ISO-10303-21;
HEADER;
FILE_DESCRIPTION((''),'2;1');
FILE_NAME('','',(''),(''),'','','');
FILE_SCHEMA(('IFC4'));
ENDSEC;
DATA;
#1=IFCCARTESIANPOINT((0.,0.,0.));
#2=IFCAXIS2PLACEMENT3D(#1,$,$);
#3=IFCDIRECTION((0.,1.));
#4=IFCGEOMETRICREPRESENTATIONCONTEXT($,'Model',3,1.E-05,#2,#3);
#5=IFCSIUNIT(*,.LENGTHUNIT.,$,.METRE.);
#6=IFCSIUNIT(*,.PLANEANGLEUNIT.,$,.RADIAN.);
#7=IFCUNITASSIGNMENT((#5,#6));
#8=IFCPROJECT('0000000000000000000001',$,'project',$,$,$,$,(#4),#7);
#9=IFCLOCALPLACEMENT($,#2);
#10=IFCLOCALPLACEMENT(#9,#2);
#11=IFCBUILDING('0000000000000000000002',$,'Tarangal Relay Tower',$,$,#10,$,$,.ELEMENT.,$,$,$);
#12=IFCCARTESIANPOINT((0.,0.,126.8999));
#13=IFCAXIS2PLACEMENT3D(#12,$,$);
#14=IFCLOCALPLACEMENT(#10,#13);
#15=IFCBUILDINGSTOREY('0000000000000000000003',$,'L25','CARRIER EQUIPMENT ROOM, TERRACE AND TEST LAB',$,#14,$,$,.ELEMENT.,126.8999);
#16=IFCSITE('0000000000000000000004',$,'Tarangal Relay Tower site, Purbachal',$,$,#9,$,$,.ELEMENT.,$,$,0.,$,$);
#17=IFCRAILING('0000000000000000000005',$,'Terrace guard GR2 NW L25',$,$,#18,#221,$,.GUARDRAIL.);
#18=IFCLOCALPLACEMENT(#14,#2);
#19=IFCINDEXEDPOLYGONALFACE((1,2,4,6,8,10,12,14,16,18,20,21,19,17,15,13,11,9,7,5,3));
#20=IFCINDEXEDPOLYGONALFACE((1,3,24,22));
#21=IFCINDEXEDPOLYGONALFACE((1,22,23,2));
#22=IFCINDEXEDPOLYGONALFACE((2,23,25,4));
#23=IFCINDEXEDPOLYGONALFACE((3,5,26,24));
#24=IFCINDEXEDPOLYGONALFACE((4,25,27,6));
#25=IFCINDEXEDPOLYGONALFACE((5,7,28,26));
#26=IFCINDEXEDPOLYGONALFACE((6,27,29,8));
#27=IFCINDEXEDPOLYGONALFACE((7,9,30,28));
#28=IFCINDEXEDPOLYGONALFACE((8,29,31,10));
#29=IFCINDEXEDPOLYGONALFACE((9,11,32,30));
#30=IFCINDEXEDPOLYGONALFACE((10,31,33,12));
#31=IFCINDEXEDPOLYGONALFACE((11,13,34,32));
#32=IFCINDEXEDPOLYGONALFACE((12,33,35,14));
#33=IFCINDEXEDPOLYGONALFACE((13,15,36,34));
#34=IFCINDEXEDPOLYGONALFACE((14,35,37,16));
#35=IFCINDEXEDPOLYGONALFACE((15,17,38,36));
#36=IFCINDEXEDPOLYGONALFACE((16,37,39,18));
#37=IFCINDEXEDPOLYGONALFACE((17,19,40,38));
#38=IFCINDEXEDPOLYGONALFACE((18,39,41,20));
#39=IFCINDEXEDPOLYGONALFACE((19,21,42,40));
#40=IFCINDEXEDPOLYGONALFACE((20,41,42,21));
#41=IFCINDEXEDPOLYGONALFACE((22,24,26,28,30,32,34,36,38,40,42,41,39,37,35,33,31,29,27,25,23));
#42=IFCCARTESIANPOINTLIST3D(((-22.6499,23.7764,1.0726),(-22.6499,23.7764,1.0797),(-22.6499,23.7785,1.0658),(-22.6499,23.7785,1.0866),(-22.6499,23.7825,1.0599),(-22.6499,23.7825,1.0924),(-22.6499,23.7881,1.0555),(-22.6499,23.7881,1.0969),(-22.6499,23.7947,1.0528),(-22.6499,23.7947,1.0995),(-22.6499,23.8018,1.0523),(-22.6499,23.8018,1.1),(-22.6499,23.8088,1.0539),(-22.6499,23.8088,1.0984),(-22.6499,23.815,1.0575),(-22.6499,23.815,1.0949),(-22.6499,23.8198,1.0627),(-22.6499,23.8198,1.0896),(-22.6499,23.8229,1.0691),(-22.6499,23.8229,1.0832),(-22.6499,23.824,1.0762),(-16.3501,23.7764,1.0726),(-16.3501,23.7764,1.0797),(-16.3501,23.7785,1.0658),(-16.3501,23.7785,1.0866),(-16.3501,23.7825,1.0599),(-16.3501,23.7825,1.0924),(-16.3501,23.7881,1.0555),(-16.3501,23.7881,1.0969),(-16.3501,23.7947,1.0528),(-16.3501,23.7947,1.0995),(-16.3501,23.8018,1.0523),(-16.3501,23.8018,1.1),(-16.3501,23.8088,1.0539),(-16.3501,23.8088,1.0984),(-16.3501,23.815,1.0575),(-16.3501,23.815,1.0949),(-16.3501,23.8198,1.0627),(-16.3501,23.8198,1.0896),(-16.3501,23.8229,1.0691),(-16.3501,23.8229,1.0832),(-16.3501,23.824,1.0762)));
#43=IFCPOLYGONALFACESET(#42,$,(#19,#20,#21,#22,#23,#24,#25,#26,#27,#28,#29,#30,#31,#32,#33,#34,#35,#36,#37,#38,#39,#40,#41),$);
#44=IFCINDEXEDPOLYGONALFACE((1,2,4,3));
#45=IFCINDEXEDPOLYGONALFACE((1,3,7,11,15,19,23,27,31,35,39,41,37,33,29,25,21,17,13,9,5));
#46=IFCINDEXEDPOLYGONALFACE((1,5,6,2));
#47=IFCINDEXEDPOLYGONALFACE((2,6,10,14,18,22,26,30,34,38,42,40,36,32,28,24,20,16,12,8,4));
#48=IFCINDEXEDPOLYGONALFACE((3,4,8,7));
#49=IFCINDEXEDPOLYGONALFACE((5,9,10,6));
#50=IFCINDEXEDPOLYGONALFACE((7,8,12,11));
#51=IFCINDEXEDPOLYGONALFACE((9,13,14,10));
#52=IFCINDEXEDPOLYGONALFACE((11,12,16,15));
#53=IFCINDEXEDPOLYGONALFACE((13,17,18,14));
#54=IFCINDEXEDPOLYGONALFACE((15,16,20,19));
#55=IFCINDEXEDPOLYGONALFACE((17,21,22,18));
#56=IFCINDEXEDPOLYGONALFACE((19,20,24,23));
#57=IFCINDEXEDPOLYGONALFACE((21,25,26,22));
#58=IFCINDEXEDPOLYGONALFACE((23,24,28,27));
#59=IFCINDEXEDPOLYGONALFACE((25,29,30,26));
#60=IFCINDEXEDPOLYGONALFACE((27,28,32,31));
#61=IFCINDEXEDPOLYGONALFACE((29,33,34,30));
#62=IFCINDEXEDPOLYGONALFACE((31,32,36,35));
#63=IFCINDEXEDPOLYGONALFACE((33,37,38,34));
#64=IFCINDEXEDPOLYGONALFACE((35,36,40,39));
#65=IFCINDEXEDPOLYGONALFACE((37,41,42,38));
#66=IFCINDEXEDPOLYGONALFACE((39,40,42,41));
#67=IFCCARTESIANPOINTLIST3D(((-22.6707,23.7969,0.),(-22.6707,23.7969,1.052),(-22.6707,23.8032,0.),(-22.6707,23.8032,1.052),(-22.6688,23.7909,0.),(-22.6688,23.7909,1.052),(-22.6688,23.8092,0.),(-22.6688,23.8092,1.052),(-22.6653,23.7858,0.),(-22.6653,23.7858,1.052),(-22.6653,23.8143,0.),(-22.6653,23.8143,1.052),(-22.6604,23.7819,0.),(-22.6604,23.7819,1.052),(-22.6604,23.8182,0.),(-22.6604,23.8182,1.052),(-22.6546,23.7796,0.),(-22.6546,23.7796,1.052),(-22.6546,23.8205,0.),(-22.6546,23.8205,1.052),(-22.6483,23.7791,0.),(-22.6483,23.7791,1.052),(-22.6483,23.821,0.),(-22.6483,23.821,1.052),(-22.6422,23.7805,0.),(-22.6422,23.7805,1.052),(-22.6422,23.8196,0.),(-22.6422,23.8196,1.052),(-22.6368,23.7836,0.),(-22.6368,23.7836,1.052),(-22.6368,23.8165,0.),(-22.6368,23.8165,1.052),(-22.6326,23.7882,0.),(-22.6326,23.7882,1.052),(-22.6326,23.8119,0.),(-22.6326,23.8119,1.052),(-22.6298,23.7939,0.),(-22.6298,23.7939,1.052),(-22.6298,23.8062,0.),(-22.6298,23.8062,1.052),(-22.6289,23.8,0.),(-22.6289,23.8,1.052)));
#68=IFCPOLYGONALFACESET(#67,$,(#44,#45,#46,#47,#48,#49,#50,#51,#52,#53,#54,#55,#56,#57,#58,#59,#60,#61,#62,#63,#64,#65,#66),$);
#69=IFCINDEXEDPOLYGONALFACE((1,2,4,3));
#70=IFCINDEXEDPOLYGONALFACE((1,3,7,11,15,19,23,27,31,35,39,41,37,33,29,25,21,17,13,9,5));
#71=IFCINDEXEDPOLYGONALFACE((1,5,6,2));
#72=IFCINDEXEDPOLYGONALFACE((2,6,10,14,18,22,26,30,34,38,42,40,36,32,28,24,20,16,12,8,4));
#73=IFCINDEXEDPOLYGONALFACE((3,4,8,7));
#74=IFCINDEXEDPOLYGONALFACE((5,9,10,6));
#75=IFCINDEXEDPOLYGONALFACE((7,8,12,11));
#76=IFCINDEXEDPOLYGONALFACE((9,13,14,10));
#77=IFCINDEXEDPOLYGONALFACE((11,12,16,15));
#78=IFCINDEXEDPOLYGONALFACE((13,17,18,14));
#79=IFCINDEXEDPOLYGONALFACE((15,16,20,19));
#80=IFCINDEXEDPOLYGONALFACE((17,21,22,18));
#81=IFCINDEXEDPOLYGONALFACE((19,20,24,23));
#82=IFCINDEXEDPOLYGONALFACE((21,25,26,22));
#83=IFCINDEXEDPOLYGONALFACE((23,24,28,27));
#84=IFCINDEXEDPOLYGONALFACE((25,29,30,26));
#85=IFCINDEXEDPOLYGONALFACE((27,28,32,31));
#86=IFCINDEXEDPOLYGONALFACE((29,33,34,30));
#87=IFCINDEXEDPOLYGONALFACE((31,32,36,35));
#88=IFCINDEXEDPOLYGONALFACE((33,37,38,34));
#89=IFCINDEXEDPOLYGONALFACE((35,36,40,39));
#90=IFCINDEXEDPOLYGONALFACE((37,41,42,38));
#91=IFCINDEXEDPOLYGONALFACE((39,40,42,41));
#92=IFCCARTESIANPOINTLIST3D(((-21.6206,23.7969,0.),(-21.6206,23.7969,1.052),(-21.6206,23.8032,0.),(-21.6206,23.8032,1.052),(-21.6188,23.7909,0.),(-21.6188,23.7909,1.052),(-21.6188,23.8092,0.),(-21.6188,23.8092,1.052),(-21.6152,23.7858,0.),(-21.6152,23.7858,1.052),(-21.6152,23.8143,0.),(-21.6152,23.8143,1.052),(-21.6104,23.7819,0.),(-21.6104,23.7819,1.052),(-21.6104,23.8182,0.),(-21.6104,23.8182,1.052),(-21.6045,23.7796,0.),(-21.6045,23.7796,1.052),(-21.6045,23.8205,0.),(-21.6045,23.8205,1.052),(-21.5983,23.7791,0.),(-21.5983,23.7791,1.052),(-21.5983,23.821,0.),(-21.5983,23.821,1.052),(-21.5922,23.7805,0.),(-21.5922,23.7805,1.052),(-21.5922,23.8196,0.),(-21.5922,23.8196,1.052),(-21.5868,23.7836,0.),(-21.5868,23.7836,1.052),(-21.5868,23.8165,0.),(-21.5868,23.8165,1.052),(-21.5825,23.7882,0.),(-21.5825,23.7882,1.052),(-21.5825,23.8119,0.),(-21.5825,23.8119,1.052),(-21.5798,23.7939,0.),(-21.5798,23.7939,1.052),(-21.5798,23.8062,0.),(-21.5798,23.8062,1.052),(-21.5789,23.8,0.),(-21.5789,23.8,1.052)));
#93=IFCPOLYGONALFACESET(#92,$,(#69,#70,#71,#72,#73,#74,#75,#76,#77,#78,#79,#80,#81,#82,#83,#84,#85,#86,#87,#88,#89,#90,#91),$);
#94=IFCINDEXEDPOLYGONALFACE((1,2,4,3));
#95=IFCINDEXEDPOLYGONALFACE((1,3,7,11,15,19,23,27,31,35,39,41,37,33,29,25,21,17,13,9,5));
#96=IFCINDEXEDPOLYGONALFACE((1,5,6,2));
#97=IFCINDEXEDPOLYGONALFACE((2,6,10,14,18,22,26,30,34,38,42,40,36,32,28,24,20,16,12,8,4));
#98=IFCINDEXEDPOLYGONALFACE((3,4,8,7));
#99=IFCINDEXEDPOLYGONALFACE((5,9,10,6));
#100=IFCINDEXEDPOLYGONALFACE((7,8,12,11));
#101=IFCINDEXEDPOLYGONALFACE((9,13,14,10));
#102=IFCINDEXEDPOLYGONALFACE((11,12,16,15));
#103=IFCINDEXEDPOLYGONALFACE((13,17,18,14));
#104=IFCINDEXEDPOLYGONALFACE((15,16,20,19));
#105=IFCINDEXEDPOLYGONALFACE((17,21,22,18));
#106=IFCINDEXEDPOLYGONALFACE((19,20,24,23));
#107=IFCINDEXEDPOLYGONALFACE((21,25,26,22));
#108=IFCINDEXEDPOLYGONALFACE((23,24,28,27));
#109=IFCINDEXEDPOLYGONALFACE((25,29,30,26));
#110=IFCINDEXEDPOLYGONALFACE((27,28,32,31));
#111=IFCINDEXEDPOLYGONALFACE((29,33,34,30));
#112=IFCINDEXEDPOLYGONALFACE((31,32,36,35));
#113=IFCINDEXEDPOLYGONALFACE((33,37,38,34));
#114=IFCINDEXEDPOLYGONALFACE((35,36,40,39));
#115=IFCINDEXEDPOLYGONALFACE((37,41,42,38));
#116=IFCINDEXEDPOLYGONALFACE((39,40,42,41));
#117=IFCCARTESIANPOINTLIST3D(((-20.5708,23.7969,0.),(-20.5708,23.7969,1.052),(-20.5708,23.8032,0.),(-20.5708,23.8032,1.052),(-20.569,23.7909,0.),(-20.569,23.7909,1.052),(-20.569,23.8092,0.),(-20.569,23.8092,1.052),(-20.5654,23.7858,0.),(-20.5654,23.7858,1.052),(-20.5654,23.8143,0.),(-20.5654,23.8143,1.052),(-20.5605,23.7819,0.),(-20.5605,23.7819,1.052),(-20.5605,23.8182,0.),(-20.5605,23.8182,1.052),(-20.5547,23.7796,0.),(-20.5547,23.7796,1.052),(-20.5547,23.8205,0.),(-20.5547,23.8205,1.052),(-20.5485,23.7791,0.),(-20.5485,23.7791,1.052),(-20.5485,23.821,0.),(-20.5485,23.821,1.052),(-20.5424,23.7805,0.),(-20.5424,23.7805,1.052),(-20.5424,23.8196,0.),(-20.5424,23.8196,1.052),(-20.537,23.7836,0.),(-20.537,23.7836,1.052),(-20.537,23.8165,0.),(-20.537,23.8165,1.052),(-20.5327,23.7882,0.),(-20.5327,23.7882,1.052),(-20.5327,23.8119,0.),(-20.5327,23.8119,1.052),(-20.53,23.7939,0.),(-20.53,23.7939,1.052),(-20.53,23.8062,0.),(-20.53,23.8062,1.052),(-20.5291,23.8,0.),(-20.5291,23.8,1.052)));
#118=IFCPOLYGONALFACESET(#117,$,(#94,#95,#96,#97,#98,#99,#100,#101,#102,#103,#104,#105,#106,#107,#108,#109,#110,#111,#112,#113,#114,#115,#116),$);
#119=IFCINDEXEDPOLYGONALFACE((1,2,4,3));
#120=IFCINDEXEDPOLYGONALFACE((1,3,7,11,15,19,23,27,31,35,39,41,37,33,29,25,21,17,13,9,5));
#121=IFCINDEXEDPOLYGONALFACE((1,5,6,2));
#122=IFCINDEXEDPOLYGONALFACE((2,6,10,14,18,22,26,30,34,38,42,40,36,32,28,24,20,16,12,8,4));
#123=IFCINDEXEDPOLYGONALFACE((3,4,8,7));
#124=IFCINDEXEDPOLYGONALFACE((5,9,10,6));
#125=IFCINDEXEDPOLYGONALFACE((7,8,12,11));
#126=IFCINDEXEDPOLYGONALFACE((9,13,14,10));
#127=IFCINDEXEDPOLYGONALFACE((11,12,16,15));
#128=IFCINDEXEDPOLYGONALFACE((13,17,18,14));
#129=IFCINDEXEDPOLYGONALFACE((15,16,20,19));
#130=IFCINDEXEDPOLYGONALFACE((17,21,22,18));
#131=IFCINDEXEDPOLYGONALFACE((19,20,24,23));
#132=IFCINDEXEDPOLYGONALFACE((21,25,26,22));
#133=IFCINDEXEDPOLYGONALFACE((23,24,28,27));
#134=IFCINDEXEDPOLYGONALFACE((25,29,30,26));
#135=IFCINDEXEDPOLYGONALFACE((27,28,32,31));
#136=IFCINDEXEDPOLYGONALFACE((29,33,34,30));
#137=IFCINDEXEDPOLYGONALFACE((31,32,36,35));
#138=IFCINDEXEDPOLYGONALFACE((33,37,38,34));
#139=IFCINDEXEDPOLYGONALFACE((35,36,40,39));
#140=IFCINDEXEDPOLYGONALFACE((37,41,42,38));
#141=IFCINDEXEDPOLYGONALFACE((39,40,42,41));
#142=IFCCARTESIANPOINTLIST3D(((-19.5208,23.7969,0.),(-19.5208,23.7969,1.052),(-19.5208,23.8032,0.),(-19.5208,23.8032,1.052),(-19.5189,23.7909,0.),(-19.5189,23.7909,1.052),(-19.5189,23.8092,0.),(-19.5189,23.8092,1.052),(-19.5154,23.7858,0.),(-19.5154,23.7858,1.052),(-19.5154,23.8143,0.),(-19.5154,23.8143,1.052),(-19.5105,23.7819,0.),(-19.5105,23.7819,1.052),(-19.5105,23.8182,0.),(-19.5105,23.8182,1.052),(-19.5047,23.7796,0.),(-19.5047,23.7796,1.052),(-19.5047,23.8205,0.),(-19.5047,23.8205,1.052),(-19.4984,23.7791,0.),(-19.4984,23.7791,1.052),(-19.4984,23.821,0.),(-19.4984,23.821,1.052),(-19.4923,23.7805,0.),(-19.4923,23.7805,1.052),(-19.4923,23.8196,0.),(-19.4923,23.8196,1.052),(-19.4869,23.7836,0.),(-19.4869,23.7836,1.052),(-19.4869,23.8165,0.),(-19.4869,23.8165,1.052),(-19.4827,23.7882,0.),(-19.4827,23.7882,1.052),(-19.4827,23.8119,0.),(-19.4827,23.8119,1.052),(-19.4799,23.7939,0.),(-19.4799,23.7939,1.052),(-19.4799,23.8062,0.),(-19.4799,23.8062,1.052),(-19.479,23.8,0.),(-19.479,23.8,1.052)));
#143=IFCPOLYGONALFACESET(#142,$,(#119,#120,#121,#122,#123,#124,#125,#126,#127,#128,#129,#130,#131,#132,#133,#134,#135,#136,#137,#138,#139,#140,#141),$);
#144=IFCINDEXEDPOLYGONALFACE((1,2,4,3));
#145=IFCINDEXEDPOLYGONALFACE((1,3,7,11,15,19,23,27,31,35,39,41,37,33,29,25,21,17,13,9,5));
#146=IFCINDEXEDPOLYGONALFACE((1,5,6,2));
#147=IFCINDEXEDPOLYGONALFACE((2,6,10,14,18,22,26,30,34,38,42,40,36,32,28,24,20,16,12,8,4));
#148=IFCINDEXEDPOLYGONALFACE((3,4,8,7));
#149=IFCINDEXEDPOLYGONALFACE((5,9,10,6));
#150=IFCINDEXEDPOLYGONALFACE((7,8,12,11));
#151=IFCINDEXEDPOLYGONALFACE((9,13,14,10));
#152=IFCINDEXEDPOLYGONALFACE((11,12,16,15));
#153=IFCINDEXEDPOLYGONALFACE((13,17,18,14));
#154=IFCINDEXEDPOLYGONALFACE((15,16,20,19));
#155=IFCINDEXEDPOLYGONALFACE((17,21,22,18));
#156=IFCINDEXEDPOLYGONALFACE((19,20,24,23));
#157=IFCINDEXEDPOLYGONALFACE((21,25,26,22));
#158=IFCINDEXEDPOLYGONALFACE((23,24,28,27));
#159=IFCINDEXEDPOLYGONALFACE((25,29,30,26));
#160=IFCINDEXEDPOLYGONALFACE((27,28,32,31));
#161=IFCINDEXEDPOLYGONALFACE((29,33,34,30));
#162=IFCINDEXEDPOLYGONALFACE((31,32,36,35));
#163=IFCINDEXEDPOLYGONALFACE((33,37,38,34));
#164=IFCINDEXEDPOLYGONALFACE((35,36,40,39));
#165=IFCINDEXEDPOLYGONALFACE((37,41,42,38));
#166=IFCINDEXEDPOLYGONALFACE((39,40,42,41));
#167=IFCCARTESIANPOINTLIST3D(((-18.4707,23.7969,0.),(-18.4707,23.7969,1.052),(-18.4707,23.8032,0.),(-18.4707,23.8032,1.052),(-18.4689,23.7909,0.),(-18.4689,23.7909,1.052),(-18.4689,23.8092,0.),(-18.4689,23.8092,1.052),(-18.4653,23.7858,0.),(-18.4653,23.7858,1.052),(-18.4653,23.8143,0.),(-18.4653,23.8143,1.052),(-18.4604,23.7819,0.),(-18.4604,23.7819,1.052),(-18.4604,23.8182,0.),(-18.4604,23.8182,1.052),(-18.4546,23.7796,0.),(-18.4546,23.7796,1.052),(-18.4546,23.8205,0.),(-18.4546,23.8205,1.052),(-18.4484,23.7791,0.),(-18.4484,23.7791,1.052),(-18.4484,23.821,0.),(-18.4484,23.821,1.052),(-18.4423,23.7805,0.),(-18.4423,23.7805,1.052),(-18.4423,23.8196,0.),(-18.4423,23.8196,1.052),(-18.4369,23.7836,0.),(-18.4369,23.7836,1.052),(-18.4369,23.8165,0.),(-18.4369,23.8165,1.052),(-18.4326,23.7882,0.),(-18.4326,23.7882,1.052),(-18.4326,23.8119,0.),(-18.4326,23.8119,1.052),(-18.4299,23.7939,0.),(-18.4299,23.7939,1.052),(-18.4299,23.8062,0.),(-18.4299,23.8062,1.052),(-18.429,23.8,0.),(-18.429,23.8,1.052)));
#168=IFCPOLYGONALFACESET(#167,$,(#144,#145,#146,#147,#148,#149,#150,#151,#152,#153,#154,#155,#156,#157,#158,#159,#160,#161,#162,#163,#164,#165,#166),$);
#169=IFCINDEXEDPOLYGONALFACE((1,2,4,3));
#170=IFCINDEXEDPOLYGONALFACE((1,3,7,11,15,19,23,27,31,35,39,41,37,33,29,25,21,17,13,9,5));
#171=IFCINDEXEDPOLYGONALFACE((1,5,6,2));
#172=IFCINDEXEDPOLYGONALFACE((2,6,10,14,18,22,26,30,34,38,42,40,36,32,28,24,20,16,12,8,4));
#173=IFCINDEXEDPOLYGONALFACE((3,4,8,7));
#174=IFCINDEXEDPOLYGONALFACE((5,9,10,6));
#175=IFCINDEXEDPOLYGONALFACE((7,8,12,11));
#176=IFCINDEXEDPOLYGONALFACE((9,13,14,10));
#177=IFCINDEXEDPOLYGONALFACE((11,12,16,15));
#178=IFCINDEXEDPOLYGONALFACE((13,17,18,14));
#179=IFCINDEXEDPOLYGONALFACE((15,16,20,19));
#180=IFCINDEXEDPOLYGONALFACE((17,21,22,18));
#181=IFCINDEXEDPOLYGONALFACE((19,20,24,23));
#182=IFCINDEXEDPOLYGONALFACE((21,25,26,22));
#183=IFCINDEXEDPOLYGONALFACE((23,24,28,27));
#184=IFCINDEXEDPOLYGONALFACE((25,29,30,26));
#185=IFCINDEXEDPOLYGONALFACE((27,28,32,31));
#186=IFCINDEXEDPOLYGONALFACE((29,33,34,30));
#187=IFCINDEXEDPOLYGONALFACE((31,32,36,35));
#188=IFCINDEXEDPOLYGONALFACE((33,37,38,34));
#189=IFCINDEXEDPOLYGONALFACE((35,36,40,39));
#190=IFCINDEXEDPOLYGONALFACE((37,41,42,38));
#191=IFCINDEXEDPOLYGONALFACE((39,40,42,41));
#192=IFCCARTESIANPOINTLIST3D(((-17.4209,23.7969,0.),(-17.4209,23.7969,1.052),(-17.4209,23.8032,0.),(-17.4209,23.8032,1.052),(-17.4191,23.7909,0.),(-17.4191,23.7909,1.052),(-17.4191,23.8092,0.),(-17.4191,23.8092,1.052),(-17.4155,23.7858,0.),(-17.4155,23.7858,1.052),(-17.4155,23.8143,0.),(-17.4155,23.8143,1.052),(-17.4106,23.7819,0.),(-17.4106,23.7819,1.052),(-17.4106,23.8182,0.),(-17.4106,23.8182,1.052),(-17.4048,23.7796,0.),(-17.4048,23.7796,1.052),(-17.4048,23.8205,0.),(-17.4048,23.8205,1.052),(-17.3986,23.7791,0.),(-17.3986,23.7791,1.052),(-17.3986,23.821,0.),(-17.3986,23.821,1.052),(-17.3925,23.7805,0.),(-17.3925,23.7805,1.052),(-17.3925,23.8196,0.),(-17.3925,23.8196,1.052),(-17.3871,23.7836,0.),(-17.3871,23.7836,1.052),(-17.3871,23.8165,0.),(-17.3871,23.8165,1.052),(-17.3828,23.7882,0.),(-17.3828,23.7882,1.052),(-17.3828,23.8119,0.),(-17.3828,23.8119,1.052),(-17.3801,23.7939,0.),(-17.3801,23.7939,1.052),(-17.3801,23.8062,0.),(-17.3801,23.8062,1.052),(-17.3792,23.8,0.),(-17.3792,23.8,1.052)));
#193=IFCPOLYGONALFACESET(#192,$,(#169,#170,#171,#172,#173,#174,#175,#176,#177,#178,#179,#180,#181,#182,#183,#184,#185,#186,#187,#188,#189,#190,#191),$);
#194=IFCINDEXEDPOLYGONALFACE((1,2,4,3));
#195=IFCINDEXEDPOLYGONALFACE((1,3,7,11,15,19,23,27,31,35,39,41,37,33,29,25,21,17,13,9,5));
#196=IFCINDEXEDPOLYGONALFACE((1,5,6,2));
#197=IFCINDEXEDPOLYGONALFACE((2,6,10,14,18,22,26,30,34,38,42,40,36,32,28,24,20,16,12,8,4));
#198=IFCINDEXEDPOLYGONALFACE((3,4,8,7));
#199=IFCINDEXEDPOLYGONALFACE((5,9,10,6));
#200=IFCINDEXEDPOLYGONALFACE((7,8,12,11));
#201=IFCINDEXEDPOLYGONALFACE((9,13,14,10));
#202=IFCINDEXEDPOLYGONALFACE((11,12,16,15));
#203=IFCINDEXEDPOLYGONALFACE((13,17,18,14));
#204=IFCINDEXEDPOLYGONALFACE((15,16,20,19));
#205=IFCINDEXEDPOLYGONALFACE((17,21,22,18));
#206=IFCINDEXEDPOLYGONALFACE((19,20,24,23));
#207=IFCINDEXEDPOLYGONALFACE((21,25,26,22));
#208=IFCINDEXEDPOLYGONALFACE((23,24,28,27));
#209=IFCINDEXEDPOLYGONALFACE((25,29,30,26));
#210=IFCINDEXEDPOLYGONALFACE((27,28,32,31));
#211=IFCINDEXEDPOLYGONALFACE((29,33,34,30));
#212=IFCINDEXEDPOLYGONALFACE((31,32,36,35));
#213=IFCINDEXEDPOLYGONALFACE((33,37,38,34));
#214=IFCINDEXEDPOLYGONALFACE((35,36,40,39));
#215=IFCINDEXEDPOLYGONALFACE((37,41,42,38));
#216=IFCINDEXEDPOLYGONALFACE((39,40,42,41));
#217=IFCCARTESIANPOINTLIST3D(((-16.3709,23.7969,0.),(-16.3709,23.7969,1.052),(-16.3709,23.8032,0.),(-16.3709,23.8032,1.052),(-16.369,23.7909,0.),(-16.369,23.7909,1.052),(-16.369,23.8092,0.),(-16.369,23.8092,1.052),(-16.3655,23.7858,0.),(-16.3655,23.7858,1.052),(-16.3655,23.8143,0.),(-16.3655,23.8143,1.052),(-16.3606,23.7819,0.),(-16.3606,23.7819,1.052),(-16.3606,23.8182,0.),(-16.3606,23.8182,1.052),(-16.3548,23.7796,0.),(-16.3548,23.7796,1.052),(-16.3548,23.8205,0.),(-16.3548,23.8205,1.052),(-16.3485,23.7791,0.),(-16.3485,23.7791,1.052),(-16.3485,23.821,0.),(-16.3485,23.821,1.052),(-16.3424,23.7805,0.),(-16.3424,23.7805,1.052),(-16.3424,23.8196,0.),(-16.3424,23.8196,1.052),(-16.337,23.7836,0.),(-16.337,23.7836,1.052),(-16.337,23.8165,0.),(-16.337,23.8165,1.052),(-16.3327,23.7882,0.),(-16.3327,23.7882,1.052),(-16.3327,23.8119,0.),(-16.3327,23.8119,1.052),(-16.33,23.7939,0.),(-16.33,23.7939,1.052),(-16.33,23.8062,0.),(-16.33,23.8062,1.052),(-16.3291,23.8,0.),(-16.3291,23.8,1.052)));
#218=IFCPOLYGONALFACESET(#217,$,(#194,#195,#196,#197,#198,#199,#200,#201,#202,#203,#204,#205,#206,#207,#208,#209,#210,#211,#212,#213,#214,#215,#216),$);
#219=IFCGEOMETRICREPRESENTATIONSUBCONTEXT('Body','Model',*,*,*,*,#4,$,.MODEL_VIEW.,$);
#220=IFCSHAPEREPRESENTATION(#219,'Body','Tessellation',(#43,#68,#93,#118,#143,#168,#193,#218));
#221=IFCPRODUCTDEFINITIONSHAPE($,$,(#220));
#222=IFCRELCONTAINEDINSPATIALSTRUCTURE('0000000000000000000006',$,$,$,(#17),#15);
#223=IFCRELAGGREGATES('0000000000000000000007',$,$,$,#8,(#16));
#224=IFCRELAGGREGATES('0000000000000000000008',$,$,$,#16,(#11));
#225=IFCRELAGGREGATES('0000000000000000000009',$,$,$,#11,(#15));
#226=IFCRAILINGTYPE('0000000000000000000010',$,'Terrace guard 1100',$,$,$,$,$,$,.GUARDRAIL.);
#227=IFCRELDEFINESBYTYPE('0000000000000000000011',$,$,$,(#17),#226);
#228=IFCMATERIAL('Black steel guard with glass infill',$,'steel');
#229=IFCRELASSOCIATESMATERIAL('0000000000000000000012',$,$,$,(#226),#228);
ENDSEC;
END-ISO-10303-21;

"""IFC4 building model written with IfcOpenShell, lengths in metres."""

from ifc_helpers import new_model, si_unit, direction, frame, origin, origin_2d, place, context, subcontext, project, spatial, circle, extrude, material, type_object, element, save


model = new_model("IFC4")

# Units and contexts
model_context = context("Model", 3, precision=1e-05, world=origin(), true_north=direction((0.0, 1.0)))
body_context = subcontext(model_context, "Body", "Model", "MODEL_VIEW")
ifc_project = project(units=[si_unit("LENGTHUNIT", "METRE"), si_unit("PLANEANGLEUNIT", "RADIAN")], contexts=[model_context])

# Site, building, storey
site_placement = place(None, origin())
site = spatial("IfcSite", under=ifc_project, at=site_placement, Name="Tarangal Relay Tower site, Purbachal", CompositionType="ELEMENT", RefElevation=0.0)
building_placement = place(site_placement, origin())
building = spatial("IfcBuilding", under=site, at=building_placement, Name="Tarangal Relay Tower", CompositionType="ELEMENT")
storey_placement = place(building_placement, frame((0.0, 0.0, 126.8999)))
storey = spatial("IfcBuildingStorey", under=building, at=storey_placement, Name="L25", Description="CARRIER EQUIPMENT ROOM, TERRACE AND TEST LAB", CompositionType="ELEMENT", Elevation=126.8999)

# Railing
ifc_material_1 = material(Name="Black steel guard with glass infill", Category="steel")
railing_type = type_object("IfcRailingType", Name="Terrace guard 1100", PredefinedType="GUARDRAIL", material=ifc_material_1)
railing_1_placement = place(storey_placement, frame((-22.6499, 23.8, 0.0)))
element("IfcRailing", 1, at=railing_1_placement, inside=storey, type_object=railing_type, Name="Terrace guard GR2 NW L25", PredefinedType="GUARDRAIL", context=body_context, shape_type="SweptSolid", body=[
    extrude(circle(Radius=0.0239, at=origin_2d()), frame((0.0, 0.0, 1.0762), z_axis=(1.0, 0.0, 0.0), x_axis=(0.0, 1.0, 0.0)), (0.0, 0.0, 1.0), 6.2998),
    extrude(circle(Radius=0.021, at=origin_2d()), origin(), (0.0, 0.0, 1.0), 1.052),
    extrude(circle(Radius=0.021, at=origin_2d()), frame((1.05, 0.0, 0.0)), (0.0, 0.0, 1.0), 1.052),
    extrude(circle(Radius=0.021, at=origin_2d()), frame((2.0999, 0.0, 0.0)), (0.0, 0.0, 1.0), 1.052),
    extrude(circle(Radius=0.021, at=origin_2d()), frame((3.1499, 0.0, 0.0)), (0.0, 0.0, 1.0), 1.052),
    extrude(circle(Radius=0.021, at=origin_2d()), frame((4.2, 0.0, 0.0)), (0.0, 0.0, 1.0), 1.052),
    extrude(circle(Radius=0.021, at=origin_2d()), frame((5.2498, 0.0, 0.0)), (0.0, 0.0, 1.0), 1.052),
    extrude(circle(Radius=0.021, at=origin_2d()), frame((6.2998, 0.0, 0.0)), (0.0, 0.0, 1.0), 1.052),
])

save(model, "model.ifc")
